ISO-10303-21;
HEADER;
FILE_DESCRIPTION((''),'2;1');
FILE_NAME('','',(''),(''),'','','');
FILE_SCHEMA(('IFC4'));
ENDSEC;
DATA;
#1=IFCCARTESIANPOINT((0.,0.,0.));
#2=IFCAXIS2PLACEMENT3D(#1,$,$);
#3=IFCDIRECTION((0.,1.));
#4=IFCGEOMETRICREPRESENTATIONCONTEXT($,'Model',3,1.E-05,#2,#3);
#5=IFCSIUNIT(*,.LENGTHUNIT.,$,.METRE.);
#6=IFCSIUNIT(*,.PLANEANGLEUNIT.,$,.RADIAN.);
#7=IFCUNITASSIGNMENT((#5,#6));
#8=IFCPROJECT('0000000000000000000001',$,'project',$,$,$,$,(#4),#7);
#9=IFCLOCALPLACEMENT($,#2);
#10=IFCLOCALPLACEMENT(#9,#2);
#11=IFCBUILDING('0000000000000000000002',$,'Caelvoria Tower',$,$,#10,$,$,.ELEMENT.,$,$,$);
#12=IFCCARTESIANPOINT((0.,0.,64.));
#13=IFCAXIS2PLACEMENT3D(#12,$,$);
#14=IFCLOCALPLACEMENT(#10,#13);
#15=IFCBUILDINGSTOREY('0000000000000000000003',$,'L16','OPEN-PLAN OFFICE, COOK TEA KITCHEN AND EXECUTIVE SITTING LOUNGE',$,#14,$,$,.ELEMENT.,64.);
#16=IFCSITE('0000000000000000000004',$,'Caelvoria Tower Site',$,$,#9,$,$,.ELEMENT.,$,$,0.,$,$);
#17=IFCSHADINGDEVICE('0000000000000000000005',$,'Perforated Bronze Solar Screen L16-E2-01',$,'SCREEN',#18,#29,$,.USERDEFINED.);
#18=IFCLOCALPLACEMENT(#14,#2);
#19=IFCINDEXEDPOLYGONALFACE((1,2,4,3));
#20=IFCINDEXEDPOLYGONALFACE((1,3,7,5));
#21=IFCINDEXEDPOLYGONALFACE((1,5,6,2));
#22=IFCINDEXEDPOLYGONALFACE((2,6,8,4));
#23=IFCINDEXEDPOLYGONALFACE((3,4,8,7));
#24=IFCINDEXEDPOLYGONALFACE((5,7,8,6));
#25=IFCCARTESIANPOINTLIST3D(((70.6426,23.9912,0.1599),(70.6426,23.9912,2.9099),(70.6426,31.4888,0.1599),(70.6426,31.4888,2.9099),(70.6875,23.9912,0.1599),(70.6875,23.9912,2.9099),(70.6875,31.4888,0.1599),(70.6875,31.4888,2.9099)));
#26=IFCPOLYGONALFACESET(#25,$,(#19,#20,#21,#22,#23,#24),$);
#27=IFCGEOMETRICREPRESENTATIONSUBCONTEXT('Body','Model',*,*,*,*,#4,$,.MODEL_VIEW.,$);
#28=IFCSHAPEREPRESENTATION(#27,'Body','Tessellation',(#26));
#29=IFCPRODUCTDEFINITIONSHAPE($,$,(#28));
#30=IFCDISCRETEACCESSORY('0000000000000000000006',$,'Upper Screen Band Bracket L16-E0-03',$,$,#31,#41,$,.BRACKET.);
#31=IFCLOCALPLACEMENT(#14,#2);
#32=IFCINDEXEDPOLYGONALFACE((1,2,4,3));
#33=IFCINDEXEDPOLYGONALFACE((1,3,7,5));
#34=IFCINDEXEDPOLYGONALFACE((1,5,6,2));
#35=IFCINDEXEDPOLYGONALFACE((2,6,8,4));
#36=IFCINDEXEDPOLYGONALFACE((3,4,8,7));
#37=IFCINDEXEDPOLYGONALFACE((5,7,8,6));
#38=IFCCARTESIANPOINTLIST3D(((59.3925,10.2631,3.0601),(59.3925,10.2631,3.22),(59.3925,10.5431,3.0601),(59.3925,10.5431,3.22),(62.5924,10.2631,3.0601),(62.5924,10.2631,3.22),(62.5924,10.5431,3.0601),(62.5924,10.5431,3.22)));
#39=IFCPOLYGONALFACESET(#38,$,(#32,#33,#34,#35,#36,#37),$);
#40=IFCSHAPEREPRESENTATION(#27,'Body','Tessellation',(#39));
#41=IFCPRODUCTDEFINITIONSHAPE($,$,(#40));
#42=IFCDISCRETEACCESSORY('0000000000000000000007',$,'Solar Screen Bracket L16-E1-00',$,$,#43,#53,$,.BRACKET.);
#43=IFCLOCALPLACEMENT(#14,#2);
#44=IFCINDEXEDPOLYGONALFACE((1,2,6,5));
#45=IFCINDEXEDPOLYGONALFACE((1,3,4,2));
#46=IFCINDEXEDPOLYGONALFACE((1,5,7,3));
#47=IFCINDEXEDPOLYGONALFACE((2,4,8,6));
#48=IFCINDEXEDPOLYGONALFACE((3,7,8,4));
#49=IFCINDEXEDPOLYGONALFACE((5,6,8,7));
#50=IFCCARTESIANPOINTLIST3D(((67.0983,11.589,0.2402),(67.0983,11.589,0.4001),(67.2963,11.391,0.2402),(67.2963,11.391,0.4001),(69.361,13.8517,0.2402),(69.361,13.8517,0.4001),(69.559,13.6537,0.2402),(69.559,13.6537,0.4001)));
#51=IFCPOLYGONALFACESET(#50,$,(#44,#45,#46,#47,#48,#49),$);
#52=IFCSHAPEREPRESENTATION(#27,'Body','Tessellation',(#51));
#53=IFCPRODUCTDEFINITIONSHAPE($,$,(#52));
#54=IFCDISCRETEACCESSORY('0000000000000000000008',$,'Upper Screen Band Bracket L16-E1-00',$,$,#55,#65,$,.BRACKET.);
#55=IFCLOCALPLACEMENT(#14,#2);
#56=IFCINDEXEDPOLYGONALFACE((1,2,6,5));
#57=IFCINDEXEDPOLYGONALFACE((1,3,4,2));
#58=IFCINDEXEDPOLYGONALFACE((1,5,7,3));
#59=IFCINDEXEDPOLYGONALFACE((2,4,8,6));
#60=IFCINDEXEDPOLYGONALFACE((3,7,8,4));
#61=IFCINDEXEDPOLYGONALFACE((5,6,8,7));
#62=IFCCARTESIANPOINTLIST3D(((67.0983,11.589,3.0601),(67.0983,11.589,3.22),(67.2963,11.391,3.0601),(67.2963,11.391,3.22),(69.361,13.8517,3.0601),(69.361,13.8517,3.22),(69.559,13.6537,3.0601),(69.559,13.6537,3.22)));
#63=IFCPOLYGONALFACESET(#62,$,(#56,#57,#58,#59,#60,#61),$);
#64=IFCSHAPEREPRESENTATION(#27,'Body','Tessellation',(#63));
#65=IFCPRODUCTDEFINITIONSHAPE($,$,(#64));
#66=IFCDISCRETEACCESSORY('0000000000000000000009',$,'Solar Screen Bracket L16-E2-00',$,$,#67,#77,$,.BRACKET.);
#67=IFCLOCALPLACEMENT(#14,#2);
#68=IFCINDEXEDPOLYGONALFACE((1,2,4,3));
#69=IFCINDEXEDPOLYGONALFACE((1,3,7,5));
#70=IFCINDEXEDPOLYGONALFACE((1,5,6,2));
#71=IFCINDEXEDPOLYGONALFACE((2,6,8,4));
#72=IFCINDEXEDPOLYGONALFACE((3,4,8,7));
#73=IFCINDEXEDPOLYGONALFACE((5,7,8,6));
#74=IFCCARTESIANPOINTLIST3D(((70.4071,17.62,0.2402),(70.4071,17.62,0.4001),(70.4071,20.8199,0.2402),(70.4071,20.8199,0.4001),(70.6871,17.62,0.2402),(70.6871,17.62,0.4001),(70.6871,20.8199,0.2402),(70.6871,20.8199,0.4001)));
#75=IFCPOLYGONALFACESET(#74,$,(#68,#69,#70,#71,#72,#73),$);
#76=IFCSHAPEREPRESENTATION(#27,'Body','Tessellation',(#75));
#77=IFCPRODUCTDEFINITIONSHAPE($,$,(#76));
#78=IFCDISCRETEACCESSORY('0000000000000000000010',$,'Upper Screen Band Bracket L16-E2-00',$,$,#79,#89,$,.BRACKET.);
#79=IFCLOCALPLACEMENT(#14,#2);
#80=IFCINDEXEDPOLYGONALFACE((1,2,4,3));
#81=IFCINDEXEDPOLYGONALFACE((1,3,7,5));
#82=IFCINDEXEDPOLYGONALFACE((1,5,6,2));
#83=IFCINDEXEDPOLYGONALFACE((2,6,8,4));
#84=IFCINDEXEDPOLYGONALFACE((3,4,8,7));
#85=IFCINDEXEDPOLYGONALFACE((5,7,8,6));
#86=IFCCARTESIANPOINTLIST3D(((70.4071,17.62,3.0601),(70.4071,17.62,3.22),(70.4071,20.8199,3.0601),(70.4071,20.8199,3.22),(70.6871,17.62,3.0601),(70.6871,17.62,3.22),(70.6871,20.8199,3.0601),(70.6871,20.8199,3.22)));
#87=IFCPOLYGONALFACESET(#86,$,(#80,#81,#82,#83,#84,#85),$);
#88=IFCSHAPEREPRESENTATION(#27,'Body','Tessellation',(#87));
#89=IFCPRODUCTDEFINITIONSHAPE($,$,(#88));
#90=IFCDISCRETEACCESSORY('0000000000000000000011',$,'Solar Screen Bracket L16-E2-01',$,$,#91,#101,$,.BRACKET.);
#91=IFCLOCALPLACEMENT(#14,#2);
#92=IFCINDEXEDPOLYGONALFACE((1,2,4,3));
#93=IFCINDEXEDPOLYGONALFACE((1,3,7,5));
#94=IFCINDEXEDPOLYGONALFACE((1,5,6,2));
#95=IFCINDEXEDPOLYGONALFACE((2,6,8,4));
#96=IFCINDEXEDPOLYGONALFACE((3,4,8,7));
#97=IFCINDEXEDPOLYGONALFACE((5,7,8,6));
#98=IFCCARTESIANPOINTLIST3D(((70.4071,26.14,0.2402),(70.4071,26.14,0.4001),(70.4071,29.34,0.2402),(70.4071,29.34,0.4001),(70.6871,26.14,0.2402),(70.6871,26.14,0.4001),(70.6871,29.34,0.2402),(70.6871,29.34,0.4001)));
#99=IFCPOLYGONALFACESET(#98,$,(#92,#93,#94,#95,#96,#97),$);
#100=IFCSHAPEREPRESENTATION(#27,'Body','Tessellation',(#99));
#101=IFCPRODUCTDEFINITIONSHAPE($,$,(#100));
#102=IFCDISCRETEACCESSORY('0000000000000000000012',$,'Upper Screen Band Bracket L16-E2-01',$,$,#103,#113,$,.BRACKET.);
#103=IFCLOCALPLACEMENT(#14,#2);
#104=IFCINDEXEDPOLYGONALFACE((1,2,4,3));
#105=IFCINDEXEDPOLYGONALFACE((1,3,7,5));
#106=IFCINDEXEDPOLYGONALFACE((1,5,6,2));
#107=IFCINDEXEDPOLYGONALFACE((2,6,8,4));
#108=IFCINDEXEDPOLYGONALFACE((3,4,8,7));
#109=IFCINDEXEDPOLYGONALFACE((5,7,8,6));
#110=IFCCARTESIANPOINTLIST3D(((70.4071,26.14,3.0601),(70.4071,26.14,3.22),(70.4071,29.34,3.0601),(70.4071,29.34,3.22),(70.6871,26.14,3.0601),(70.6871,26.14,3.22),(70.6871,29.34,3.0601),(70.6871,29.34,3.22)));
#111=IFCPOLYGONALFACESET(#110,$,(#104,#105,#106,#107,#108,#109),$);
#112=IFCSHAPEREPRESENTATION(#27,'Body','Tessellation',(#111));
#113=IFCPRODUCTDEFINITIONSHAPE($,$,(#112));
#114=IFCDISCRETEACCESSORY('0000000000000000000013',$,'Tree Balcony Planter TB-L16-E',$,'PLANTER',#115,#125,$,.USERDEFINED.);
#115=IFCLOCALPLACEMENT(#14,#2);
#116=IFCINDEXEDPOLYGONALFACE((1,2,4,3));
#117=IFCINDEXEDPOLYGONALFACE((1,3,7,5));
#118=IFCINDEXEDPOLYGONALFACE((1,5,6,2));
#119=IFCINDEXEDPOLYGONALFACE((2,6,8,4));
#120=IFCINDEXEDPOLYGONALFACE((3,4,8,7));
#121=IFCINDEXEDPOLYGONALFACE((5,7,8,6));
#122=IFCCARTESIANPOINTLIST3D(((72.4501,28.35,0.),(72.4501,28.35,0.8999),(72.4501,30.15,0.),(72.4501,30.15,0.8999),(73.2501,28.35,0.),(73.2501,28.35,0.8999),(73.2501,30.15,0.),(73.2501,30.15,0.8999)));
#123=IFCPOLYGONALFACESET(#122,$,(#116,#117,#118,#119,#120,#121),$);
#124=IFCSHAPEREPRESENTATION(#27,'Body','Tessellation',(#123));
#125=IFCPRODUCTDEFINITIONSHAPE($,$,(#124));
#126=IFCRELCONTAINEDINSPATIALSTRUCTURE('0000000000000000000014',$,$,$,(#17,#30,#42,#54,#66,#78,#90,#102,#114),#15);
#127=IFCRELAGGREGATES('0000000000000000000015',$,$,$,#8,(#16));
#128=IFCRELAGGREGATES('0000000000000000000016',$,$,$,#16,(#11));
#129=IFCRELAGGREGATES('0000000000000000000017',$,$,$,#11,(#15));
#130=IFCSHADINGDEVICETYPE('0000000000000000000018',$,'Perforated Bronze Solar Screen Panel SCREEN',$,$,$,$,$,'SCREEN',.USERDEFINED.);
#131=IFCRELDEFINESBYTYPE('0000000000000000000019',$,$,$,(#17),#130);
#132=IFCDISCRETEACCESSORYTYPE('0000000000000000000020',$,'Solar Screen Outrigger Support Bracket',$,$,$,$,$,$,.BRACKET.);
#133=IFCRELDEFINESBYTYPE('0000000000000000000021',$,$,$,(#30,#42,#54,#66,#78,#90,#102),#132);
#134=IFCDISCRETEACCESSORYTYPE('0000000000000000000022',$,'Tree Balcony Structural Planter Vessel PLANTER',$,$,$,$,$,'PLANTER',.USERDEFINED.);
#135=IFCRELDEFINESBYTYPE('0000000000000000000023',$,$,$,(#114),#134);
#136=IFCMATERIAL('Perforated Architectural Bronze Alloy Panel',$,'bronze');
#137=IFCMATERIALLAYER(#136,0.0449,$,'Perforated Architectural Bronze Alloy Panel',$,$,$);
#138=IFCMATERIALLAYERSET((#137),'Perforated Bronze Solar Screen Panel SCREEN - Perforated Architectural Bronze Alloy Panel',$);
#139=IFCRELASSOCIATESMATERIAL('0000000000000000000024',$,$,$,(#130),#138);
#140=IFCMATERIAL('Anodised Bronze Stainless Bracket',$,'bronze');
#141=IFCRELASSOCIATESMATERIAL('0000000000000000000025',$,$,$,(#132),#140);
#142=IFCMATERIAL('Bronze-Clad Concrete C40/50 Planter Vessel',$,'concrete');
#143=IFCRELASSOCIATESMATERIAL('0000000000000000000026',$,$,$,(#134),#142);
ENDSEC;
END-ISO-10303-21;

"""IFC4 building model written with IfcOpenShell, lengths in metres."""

from ifc_helpers import new_model, si_unit, direction, frame, origin, origin_2d, place, context, subcontext, project, spatial, rectangle, extrude, material, layer, layer_set, type_object, element, save


model = new_model("IFC4")

# Units and contexts
model_context = context("Model", 3, precision=1e-05, world=origin(), true_north=direction((0.0, 1.0)))
body_context = subcontext(model_context, "Body", "Model", "MODEL_VIEW")
ifc_project = project(units=[si_unit("LENGTHUNIT", "METRE"), si_unit("PLANEANGLEUNIT", "RADIAN")], contexts=[model_context])

# Site, building, storey
site_placement = place(None, origin())
site = spatial("IfcSite", under=ifc_project, at=site_placement, Name="Caelvoria Tower Site", CompositionType="ELEMENT", RefElevation=0.0)
building_placement = place(site_placement, origin())
building = spatial("IfcBuilding", under=site, at=building_placement, Name="Caelvoria Tower", CompositionType="ELEMENT")
storey_placement = place(building_placement, frame((0.0, 0.0, 64.0)))
storey = spatial("IfcBuildingStorey", under=building, at=storey_placement, Name="L16", Description="OPEN-PLAN OFFICE, COOK TEA KITCHEN AND EXECUTIVE SITTING LOUNGE", CompositionType="ELEMENT", Elevation=64.0)

# Shading device
ifc_material_1 = material(Name="Perforated Architectural Bronze Alloy Panel", Category="bronze")
ifc_layer_1 = layer(ifc_material_1, 0.0449, Name="Perforated Architectural Bronze Alloy Panel")
ifc_layer_set_1 = layer_set([ifc_layer_1], Name="Perforated Bronze Solar Screen Panel SCREEN - Perforated Architectural Bronze Alloy Panel")
shading_device_type = type_object("IfcShadingDeviceType", Name="Perforated Bronze Solar Screen Panel SCREEN", ElementType="SCREEN", PredefinedType="USERDEFINED", material=ifc_layer_set_1)
for number, where, z_axis, x_axis, name in (
    (1, (70.665, 27.74, 0.1599), (0.0, 0.0, 1.0), (0.0, 1.0, 0.0), "Perforated Bronze Solar Screen L16-E2-01"),
):
    element("IfcShadingDevice", number, at=place(storey_placement, frame(where, z_axis=z_axis, x_axis=x_axis)), inside=storey, type_object=shading_device_type, Name=name, ObjectType="SCREEN", PredefinedType="USERDEFINED", context=body_context, shape_type="SweptSolid", body=[
        extrude(rectangle(XDim=7.4976, YDim=0.0449, at=origin_2d()), origin(), (0.0, 0.0, 1.0), 2.75),
    ])

# Discrete accessories
ifc_material_2 = material(Name="Anodised Bronze Stainless Bracket", Category="bronze")
discrete_accessory_type_1 = type_object("IfcDiscreteAccessoryType", Name="Solar Screen Outrigger Support Bracket", PredefinedType="BRACKET", material=ifc_material_2)
for number, where, z_axis, x_axis, name in (
    (2, (60.9924, 10.4031, 3.0601), (0.0, 0.0, 1.0), (1.0, 0.0, 0.0), "Upper Screen Band Bracket L16-E0-03"),
    (3, (68.3286, 12.6213, 0.2402), (0.0, 0.0, 1.0), (0.707107, 0.707107, 0.0), "Solar Screen Bracket L16-E1-00"),
    (4, (68.3286, 12.6213, 3.0601), (0.0, 0.0, 1.0), (0.707107, 0.707107, 0.0), "Upper Screen Band Bracket L16-E1-00"),
    (5, (70.5471, 19.22, 0.2402), (0.0, 0.0, 1.0), (0.0, 1.0, 0.0), "Solar Screen Bracket L16-E2-00"),
    (6, (70.5471, 19.22, 3.0601), (0.0, 0.0, 1.0), (0.0, 1.0, 0.0), "Upper Screen Band Bracket L16-E2-00"),
    (7, (70.5471, 27.74, 0.2402), (0.0, 0.0, 1.0), (0.0, 1.0, 0.0), "Solar Screen Bracket L16-E2-01"),
    (8, (70.5471, 27.74, 3.0601), (0.0, 0.0, 1.0), (0.0, 1.0, 0.0), "Upper Screen Band Bracket L16-E2-01"),
):
    element("IfcDiscreteAccessory", number, at=place(storey_placement, frame(where, z_axis=z_axis, x_axis=x_axis)), inside=storey, type_object=discrete_accessory_type_1, Name=name, PredefinedType="BRACKET", context=body_context, shape_type="SweptSolid", body=[
        extrude(rectangle(XDim=3.2, YDim=0.28, at=origin_2d()), origin(), (0.0, 0.0, 1.0), 0.1599),
    ])
ifc_material_3 = material(Name="Bronze-Clad Concrete C40/50 Planter Vessel", Category="concrete")
discrete_accessory_type_2 = type_object("IfcDiscreteAccessoryType", Name="Tree Balcony Structural Planter Vessel PLANTER", ElementType="PLANTER", PredefinedType="USERDEFINED", material=ifc_material_3)
discrete_accessory_placement = place(storey_placement, frame((72.8501, 29.25, 0.0), z_axis=(0.0, 0.0, 1.0), x_axis=(0.0, 1.0, 0.0)))
element("IfcDiscreteAccessory", 9, at=discrete_accessory_placement, inside=storey, type_object=discrete_accessory_type_2, Name="Tree Balcony Planter TB-L16-E", ObjectType="PLANTER", PredefinedType="USERDEFINED", context=body_context, shape_type="SweptSolid", body=[
    extrude(rectangle(XDim=1.8, YDim=0.8, at=origin_2d()), origin(), (0.0, 0.0, 1.0), 0.8999),
])

save(model, "model.ifc")
